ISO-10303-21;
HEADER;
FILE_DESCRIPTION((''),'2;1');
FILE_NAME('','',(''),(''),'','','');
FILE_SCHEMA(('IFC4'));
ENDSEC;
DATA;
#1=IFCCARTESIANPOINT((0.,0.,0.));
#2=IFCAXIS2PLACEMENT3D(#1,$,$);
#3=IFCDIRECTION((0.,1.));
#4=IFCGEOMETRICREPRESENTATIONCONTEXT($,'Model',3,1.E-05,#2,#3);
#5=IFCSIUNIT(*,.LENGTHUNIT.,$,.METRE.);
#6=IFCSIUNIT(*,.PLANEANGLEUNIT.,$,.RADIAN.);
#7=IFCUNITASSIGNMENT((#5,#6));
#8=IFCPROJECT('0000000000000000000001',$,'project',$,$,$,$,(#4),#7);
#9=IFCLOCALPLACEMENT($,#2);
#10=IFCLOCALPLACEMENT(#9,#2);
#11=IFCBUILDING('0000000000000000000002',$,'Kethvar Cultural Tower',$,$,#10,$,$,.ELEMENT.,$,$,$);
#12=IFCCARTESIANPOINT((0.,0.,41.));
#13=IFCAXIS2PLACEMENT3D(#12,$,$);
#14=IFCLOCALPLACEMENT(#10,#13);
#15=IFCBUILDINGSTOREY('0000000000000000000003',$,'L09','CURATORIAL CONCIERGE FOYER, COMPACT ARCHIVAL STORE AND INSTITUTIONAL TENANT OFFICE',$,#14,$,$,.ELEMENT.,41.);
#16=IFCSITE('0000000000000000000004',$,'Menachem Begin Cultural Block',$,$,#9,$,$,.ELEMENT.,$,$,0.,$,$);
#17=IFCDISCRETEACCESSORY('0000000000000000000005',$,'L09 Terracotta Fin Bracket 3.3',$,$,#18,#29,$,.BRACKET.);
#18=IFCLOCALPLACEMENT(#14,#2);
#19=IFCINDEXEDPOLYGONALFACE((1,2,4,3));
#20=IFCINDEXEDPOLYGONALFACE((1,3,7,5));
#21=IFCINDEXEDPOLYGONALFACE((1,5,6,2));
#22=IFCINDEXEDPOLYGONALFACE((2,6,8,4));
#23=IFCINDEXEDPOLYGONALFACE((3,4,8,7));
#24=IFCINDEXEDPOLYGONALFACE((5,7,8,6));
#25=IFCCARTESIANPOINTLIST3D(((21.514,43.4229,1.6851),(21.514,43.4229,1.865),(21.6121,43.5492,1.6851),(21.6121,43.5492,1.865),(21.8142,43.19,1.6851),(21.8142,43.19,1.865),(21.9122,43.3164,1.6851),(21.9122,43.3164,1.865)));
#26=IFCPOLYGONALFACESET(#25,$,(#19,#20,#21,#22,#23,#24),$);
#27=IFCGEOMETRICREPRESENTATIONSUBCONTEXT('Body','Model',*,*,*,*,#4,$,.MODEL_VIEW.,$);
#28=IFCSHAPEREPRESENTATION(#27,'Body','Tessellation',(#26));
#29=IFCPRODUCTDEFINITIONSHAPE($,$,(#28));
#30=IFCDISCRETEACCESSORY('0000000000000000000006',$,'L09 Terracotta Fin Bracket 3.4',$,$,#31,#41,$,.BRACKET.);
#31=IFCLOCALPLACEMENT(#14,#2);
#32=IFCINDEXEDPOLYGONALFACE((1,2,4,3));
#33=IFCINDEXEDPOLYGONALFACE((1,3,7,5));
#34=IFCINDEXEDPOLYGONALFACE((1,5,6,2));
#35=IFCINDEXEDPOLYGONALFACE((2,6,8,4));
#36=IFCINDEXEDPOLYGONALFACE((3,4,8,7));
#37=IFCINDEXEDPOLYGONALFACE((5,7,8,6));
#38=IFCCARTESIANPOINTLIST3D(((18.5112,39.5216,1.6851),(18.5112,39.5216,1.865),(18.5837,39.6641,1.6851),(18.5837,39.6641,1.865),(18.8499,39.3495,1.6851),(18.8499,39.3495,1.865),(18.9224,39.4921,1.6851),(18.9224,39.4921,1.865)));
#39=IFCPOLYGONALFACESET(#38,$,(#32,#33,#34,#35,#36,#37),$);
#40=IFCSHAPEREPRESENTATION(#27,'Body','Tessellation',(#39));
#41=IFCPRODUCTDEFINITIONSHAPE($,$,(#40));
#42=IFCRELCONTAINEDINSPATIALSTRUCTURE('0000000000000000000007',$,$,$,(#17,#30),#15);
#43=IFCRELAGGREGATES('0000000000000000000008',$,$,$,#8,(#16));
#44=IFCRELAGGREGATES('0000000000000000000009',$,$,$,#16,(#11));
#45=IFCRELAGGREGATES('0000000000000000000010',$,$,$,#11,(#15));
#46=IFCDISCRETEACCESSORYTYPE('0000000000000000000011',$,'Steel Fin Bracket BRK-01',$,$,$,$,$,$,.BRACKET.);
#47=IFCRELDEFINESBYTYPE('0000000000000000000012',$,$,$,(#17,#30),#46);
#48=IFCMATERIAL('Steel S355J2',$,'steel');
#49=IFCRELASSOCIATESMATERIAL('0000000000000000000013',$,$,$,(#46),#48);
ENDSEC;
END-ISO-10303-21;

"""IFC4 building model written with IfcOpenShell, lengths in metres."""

from ifc_helpers import new_model, si_unit, direction, frame, origin, origin_2d, place, context, subcontext, project, spatial, rectangle, extrude, source, transform, mapped, material, type_object, element, save


model = new_model("IFC4")

# Units and contexts
model_context = context("Model", 3, precision=1e-05, world=origin(), true_north=direction((0.0, 1.0)))
body_context = subcontext(model_context, "Body", "Model", "MODEL_VIEW")
ifc_project = project(units=[si_unit("LENGTHUNIT", "METRE"), si_unit("PLANEANGLEUNIT", "RADIAN")], contexts=[model_context])

# Site, building, storey
site_placement = place(None, origin())
site = spatial("IfcSite", under=ifc_project, at=site_placement, Name="Menachem Begin Cultural Block", CompositionType="ELEMENT", RefElevation=0.0)
building_placement = place(site_placement, origin())
building = spatial("IfcBuilding", under=site, at=building_placement, Name="Kethvar Cultural Tower", CompositionType="ELEMENT")
storey_placement = place(building_placement, frame((0.0, 0.0, 41.0)))
storey = spatial("IfcBuildingStorey", under=building, at=storey_placement, Name="L09", Description="CURATORIAL CONCIERGE FOYER, COMPACT ARCHIVAL STORE AND INSTITUTIONAL TENANT OFFICE", CompositionType="ELEMENT", Elevation=41.0)

# Shared definitions
ifc_material_1 = material(Name="Steel S355J2", Category="steel")

# Discrete accessories
discrete_accessory_type = type_object("IfcDiscreteAccessoryType", Name="Steel Fin Bracket BRK-01", PredefinedType="BRACKET", material=ifc_material_1)
shared_shape_1 = source(origin(), body_context, "Body", "SweptSolid", [
    extrude(rectangle(XDim=0.3799, YDim=0.1599, at=origin_2d()), origin(), (0.0, 0.0, 1.0), 0.1799),
])
for number, where, z_axis, x_axis, name in (
    (1, (21.7131, 43.3696, 1.6851), (0.0, 0.0, 1.0), (-0.790155, 0.612907, 0.0), "L09 Terracotta Fin Bracket 3.3"),
    (2, (18.7168, 39.5068, 1.6851), (0.0, 0.0, 1.0), (-0.891561, 0.452902, 0.0), "L09 Terracotta Fin Bracket 3.4"),
):
    element("IfcDiscreteAccessory", number, at=place(storey_placement, frame(where, z_axis=z_axis, x_axis=x_axis)), inside=storey, type_object=discrete_accessory_type, Name=name, PredefinedType="BRACKET", context=body_context, shape_type="MappedRepresentation", body=[
        mapped(shared_shape_1, transform((0.0, 0.0, 0.0), scale=1.0)),
    ])

save(model, "model.ifc")
